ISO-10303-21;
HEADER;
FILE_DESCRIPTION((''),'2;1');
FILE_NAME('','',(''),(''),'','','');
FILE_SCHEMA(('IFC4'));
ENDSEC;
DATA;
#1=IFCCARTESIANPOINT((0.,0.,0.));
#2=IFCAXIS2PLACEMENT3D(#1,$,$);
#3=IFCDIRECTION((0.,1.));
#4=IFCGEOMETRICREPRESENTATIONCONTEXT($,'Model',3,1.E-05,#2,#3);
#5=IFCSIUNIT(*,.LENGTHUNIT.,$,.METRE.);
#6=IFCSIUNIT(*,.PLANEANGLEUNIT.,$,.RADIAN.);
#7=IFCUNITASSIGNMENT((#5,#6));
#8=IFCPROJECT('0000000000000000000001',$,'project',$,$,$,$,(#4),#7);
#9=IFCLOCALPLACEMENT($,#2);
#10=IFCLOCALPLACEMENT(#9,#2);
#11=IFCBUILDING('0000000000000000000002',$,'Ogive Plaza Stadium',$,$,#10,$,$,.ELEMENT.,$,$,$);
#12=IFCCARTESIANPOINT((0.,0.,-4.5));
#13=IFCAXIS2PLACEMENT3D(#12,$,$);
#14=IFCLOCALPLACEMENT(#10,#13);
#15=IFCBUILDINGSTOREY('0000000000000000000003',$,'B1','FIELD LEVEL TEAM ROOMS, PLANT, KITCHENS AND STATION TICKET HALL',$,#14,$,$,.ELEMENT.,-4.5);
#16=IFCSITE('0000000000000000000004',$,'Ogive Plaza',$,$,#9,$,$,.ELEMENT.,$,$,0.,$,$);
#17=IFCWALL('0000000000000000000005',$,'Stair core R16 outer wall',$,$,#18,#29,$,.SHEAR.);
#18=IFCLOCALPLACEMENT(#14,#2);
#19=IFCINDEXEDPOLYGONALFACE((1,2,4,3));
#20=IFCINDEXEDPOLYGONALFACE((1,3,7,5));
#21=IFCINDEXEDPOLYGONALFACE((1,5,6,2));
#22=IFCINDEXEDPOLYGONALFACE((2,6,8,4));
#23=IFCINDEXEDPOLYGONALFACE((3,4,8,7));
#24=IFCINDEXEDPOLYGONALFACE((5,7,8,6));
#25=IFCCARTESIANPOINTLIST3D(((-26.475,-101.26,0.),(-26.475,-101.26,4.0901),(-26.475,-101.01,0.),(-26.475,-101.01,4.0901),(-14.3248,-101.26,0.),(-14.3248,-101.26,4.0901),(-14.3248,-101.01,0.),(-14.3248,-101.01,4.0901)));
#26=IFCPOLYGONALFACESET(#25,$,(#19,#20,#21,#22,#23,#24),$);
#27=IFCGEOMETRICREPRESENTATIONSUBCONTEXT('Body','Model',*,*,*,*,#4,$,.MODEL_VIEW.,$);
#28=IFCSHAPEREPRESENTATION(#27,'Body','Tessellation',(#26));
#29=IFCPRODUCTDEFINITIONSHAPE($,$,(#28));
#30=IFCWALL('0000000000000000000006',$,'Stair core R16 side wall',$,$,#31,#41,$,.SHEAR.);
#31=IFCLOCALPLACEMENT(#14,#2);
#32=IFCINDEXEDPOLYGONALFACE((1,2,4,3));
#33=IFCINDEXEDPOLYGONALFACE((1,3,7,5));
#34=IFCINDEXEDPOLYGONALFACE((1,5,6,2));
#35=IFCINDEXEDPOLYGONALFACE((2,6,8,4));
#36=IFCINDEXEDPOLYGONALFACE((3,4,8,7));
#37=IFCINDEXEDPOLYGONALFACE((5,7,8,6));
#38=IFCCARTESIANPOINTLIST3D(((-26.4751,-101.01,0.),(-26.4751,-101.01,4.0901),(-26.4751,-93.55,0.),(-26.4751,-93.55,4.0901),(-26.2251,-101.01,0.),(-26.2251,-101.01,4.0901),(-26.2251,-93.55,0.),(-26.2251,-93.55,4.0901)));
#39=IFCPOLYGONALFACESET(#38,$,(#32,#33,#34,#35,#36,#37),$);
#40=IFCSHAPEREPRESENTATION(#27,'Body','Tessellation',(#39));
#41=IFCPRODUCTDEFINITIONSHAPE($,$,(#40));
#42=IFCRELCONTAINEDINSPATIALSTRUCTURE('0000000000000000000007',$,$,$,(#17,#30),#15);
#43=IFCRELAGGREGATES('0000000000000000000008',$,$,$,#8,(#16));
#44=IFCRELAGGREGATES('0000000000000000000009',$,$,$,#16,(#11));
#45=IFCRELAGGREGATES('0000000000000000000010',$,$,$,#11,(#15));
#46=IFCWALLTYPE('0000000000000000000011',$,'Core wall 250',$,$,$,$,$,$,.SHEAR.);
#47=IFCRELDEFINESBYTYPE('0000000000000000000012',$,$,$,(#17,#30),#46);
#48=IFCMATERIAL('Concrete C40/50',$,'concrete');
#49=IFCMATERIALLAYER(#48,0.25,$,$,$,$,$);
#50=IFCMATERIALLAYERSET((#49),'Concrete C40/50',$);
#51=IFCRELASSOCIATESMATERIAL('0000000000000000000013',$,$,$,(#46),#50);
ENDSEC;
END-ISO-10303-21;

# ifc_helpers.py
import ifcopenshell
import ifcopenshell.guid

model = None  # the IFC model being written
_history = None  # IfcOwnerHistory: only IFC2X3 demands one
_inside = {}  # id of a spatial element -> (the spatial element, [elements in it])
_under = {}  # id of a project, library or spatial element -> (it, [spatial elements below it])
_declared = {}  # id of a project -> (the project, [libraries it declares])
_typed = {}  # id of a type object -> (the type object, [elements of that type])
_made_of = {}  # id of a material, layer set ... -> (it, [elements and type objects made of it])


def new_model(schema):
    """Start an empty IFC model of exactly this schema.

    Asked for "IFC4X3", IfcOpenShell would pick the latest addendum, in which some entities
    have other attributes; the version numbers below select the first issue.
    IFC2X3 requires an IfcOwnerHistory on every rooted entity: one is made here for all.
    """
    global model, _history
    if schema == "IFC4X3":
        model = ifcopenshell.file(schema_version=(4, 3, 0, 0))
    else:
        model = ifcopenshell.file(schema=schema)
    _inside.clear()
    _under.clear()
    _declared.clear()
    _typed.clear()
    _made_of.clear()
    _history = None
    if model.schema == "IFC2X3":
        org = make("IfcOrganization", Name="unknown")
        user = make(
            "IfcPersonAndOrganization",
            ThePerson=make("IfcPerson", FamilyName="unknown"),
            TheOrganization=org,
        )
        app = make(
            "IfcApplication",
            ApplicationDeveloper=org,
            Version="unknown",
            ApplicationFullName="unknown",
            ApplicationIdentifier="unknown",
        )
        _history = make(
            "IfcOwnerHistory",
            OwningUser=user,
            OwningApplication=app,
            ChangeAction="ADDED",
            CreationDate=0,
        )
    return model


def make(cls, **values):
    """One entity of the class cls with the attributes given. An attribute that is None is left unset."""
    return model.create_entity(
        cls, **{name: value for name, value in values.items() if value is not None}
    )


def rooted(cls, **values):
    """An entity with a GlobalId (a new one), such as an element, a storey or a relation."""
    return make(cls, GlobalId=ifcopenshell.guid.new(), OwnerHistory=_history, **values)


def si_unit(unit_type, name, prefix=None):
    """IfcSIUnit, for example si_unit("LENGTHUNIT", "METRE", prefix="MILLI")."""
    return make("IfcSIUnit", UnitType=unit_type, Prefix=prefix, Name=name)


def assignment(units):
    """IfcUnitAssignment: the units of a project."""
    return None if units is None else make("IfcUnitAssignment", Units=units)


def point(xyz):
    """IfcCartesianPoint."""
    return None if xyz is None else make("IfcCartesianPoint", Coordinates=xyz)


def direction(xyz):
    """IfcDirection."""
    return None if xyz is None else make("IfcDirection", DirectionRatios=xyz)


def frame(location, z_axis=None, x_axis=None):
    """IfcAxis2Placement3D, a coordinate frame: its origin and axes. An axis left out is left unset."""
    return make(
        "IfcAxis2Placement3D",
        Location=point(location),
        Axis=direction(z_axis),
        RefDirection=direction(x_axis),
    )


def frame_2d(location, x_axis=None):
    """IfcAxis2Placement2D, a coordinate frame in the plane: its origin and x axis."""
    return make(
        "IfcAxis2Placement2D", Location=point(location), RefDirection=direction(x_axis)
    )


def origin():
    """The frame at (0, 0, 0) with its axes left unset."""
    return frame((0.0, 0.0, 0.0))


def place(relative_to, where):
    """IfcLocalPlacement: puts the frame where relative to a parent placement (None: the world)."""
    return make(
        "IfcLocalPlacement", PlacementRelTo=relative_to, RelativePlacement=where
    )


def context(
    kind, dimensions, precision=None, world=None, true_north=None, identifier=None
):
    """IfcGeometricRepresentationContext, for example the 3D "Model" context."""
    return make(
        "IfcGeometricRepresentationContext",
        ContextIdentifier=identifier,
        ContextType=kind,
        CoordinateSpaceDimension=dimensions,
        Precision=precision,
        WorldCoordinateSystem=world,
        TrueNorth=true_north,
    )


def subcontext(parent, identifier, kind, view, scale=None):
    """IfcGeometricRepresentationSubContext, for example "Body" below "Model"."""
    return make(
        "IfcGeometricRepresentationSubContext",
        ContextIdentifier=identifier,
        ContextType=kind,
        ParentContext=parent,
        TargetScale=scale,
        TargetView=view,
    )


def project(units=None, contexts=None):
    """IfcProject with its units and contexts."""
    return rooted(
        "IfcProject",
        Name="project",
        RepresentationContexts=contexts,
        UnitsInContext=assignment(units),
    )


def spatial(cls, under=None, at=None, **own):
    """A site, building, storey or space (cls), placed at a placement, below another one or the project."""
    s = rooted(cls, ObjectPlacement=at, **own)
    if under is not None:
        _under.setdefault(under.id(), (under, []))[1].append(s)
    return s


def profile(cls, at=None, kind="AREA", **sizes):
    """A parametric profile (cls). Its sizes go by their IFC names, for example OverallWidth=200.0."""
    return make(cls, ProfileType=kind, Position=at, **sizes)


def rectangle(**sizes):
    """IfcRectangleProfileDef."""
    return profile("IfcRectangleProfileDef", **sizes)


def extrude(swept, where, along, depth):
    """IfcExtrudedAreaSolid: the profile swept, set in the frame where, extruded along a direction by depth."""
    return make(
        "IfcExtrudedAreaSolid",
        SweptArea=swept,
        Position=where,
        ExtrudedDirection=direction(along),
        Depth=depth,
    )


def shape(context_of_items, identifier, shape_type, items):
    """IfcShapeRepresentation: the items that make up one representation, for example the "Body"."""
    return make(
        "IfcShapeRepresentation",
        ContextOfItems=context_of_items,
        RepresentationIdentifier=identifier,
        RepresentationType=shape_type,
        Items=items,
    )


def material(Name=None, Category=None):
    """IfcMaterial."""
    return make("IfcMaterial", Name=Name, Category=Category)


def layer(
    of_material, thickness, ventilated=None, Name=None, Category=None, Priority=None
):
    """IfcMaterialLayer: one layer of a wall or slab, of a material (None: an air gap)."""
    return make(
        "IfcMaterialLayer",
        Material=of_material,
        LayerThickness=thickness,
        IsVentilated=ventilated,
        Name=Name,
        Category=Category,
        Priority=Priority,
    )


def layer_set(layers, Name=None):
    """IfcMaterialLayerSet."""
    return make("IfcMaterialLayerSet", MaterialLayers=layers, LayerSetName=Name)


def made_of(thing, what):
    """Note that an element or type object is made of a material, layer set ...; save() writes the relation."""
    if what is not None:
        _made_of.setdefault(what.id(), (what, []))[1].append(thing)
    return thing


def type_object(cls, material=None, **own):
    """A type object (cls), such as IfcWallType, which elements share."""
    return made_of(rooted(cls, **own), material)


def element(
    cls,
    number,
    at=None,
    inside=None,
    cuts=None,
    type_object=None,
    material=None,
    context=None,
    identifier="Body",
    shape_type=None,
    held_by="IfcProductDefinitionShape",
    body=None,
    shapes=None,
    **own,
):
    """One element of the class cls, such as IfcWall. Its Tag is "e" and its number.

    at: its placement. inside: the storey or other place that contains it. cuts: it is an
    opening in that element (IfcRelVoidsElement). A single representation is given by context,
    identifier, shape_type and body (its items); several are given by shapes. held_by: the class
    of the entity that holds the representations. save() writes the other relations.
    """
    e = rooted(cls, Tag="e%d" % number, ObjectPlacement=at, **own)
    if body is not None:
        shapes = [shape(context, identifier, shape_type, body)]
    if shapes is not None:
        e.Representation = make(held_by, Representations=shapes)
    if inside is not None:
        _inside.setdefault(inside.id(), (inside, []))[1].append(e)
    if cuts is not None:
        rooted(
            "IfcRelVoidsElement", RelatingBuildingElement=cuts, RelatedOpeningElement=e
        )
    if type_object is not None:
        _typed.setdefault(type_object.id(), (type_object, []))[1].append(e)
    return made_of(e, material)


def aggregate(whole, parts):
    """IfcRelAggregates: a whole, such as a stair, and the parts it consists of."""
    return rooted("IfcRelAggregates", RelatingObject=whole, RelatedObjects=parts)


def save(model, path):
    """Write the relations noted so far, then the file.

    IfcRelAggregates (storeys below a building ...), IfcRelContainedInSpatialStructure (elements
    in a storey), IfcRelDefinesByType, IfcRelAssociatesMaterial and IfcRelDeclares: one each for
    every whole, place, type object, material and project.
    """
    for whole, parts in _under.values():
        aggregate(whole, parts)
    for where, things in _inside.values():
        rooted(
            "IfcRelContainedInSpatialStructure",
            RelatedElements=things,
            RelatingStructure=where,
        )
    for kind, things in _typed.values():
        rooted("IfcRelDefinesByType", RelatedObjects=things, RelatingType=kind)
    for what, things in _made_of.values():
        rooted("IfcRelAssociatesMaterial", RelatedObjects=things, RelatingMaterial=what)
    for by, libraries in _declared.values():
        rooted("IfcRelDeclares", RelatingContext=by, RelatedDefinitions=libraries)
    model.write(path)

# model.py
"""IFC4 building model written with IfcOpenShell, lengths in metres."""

from ifc_helpers import new_model, si_unit, direction, frame, frame_2d, origin, place, context, subcontext, project, spatial, rectangle, extrude, material, layer, layer_set, type_object, element, save


model = new_model("IFC4")

# Units and contexts
model_context = context("Model", 3, precision=1e-05, world=origin(), true_north=direction((0.0, 1.0)))
body_context = subcontext(model_context, "Body", "Model", "MODEL_VIEW")
ifc_project = project(units=[si_unit("LENGTHUNIT", "METRE"), si_unit("PLANEANGLEUNIT", "RADIAN")], contexts=[model_context])

# Site, building, storey
site_placement = place(None, origin())
site = spatial("IfcSite", under=ifc_project, at=site_placement, Name="Ogive Plaza", CompositionType="ELEMENT", RefElevation=0.0)
building_placement = place(site_placement, origin())
building = spatial("IfcBuilding", under=site, at=building_placement, Name="Ogive Plaza Stadium", CompositionType="ELEMENT")
storey_placement = place(building_placement, frame((0.0, 0.0, -4.5)))
storey = spatial("IfcBuildingStorey", under=building, at=storey_placement, Name="B1", Description="FIELD LEVEL TEAM ROOMS, PLANT, KITCHENS AND STATION TICKET HALL", CompositionType="ELEMENT", Elevation=-4.5)

# Shared definitions
ifc_material_1 = material(Name="Concrete C40/50", Category="concrete")
ifc_layer_1 = layer(ifc_material_1, 0.25)
ifc_layer_set_1 = layer_set([ifc_layer_1], Name="Concrete C40/50")
wall_type_1 = type_object("IfcWallType", Name="Core wall 250", PredefinedType="SHEAR", material=ifc_layer_set_1)

# Walls
wall_1_placement = place(storey_placement, frame((-26.4751, -101.135, 0.0), z_axis=(0.0, 0.0, 1.0), x_axis=(1.0, 0.0, 0.0)))
element("IfcWall", 1, at=wall_1_placement, inside=storey, type_object=wall_type_1, Name="Stair core R16 outer wall", PredefinedType="SHEAR", context=body_context, shape_type="SweptSolid", body=[
    extrude(rectangle(XDim=12.1501, YDim=0.25, at=frame_2d((6.0752, 0.0))), origin(), (0.0, 0.0, 1.0), 4.0901),
])
wall_2_placement = place(storey_placement, frame((-26.3501, -93.55, 0.0), z_axis=(0.0, 0.0, 1.0), x_axis=(0.0, -1.0, 0.0)))
element("IfcWall", 2, at=wall_2_placement, inside=storey, type_object=wall_type_1, Name="Stair core R16 side wall", PredefinedType="SHEAR", context=body_context, shape_type="SweptSolid", body=[
    extrude(rectangle(XDim=7.46, YDim=0.25, at=frame_2d((3.73, 0.0))), origin(), (0.0, 0.0, 1.0), 4.0901),
])

save(model, "model.ifc")
